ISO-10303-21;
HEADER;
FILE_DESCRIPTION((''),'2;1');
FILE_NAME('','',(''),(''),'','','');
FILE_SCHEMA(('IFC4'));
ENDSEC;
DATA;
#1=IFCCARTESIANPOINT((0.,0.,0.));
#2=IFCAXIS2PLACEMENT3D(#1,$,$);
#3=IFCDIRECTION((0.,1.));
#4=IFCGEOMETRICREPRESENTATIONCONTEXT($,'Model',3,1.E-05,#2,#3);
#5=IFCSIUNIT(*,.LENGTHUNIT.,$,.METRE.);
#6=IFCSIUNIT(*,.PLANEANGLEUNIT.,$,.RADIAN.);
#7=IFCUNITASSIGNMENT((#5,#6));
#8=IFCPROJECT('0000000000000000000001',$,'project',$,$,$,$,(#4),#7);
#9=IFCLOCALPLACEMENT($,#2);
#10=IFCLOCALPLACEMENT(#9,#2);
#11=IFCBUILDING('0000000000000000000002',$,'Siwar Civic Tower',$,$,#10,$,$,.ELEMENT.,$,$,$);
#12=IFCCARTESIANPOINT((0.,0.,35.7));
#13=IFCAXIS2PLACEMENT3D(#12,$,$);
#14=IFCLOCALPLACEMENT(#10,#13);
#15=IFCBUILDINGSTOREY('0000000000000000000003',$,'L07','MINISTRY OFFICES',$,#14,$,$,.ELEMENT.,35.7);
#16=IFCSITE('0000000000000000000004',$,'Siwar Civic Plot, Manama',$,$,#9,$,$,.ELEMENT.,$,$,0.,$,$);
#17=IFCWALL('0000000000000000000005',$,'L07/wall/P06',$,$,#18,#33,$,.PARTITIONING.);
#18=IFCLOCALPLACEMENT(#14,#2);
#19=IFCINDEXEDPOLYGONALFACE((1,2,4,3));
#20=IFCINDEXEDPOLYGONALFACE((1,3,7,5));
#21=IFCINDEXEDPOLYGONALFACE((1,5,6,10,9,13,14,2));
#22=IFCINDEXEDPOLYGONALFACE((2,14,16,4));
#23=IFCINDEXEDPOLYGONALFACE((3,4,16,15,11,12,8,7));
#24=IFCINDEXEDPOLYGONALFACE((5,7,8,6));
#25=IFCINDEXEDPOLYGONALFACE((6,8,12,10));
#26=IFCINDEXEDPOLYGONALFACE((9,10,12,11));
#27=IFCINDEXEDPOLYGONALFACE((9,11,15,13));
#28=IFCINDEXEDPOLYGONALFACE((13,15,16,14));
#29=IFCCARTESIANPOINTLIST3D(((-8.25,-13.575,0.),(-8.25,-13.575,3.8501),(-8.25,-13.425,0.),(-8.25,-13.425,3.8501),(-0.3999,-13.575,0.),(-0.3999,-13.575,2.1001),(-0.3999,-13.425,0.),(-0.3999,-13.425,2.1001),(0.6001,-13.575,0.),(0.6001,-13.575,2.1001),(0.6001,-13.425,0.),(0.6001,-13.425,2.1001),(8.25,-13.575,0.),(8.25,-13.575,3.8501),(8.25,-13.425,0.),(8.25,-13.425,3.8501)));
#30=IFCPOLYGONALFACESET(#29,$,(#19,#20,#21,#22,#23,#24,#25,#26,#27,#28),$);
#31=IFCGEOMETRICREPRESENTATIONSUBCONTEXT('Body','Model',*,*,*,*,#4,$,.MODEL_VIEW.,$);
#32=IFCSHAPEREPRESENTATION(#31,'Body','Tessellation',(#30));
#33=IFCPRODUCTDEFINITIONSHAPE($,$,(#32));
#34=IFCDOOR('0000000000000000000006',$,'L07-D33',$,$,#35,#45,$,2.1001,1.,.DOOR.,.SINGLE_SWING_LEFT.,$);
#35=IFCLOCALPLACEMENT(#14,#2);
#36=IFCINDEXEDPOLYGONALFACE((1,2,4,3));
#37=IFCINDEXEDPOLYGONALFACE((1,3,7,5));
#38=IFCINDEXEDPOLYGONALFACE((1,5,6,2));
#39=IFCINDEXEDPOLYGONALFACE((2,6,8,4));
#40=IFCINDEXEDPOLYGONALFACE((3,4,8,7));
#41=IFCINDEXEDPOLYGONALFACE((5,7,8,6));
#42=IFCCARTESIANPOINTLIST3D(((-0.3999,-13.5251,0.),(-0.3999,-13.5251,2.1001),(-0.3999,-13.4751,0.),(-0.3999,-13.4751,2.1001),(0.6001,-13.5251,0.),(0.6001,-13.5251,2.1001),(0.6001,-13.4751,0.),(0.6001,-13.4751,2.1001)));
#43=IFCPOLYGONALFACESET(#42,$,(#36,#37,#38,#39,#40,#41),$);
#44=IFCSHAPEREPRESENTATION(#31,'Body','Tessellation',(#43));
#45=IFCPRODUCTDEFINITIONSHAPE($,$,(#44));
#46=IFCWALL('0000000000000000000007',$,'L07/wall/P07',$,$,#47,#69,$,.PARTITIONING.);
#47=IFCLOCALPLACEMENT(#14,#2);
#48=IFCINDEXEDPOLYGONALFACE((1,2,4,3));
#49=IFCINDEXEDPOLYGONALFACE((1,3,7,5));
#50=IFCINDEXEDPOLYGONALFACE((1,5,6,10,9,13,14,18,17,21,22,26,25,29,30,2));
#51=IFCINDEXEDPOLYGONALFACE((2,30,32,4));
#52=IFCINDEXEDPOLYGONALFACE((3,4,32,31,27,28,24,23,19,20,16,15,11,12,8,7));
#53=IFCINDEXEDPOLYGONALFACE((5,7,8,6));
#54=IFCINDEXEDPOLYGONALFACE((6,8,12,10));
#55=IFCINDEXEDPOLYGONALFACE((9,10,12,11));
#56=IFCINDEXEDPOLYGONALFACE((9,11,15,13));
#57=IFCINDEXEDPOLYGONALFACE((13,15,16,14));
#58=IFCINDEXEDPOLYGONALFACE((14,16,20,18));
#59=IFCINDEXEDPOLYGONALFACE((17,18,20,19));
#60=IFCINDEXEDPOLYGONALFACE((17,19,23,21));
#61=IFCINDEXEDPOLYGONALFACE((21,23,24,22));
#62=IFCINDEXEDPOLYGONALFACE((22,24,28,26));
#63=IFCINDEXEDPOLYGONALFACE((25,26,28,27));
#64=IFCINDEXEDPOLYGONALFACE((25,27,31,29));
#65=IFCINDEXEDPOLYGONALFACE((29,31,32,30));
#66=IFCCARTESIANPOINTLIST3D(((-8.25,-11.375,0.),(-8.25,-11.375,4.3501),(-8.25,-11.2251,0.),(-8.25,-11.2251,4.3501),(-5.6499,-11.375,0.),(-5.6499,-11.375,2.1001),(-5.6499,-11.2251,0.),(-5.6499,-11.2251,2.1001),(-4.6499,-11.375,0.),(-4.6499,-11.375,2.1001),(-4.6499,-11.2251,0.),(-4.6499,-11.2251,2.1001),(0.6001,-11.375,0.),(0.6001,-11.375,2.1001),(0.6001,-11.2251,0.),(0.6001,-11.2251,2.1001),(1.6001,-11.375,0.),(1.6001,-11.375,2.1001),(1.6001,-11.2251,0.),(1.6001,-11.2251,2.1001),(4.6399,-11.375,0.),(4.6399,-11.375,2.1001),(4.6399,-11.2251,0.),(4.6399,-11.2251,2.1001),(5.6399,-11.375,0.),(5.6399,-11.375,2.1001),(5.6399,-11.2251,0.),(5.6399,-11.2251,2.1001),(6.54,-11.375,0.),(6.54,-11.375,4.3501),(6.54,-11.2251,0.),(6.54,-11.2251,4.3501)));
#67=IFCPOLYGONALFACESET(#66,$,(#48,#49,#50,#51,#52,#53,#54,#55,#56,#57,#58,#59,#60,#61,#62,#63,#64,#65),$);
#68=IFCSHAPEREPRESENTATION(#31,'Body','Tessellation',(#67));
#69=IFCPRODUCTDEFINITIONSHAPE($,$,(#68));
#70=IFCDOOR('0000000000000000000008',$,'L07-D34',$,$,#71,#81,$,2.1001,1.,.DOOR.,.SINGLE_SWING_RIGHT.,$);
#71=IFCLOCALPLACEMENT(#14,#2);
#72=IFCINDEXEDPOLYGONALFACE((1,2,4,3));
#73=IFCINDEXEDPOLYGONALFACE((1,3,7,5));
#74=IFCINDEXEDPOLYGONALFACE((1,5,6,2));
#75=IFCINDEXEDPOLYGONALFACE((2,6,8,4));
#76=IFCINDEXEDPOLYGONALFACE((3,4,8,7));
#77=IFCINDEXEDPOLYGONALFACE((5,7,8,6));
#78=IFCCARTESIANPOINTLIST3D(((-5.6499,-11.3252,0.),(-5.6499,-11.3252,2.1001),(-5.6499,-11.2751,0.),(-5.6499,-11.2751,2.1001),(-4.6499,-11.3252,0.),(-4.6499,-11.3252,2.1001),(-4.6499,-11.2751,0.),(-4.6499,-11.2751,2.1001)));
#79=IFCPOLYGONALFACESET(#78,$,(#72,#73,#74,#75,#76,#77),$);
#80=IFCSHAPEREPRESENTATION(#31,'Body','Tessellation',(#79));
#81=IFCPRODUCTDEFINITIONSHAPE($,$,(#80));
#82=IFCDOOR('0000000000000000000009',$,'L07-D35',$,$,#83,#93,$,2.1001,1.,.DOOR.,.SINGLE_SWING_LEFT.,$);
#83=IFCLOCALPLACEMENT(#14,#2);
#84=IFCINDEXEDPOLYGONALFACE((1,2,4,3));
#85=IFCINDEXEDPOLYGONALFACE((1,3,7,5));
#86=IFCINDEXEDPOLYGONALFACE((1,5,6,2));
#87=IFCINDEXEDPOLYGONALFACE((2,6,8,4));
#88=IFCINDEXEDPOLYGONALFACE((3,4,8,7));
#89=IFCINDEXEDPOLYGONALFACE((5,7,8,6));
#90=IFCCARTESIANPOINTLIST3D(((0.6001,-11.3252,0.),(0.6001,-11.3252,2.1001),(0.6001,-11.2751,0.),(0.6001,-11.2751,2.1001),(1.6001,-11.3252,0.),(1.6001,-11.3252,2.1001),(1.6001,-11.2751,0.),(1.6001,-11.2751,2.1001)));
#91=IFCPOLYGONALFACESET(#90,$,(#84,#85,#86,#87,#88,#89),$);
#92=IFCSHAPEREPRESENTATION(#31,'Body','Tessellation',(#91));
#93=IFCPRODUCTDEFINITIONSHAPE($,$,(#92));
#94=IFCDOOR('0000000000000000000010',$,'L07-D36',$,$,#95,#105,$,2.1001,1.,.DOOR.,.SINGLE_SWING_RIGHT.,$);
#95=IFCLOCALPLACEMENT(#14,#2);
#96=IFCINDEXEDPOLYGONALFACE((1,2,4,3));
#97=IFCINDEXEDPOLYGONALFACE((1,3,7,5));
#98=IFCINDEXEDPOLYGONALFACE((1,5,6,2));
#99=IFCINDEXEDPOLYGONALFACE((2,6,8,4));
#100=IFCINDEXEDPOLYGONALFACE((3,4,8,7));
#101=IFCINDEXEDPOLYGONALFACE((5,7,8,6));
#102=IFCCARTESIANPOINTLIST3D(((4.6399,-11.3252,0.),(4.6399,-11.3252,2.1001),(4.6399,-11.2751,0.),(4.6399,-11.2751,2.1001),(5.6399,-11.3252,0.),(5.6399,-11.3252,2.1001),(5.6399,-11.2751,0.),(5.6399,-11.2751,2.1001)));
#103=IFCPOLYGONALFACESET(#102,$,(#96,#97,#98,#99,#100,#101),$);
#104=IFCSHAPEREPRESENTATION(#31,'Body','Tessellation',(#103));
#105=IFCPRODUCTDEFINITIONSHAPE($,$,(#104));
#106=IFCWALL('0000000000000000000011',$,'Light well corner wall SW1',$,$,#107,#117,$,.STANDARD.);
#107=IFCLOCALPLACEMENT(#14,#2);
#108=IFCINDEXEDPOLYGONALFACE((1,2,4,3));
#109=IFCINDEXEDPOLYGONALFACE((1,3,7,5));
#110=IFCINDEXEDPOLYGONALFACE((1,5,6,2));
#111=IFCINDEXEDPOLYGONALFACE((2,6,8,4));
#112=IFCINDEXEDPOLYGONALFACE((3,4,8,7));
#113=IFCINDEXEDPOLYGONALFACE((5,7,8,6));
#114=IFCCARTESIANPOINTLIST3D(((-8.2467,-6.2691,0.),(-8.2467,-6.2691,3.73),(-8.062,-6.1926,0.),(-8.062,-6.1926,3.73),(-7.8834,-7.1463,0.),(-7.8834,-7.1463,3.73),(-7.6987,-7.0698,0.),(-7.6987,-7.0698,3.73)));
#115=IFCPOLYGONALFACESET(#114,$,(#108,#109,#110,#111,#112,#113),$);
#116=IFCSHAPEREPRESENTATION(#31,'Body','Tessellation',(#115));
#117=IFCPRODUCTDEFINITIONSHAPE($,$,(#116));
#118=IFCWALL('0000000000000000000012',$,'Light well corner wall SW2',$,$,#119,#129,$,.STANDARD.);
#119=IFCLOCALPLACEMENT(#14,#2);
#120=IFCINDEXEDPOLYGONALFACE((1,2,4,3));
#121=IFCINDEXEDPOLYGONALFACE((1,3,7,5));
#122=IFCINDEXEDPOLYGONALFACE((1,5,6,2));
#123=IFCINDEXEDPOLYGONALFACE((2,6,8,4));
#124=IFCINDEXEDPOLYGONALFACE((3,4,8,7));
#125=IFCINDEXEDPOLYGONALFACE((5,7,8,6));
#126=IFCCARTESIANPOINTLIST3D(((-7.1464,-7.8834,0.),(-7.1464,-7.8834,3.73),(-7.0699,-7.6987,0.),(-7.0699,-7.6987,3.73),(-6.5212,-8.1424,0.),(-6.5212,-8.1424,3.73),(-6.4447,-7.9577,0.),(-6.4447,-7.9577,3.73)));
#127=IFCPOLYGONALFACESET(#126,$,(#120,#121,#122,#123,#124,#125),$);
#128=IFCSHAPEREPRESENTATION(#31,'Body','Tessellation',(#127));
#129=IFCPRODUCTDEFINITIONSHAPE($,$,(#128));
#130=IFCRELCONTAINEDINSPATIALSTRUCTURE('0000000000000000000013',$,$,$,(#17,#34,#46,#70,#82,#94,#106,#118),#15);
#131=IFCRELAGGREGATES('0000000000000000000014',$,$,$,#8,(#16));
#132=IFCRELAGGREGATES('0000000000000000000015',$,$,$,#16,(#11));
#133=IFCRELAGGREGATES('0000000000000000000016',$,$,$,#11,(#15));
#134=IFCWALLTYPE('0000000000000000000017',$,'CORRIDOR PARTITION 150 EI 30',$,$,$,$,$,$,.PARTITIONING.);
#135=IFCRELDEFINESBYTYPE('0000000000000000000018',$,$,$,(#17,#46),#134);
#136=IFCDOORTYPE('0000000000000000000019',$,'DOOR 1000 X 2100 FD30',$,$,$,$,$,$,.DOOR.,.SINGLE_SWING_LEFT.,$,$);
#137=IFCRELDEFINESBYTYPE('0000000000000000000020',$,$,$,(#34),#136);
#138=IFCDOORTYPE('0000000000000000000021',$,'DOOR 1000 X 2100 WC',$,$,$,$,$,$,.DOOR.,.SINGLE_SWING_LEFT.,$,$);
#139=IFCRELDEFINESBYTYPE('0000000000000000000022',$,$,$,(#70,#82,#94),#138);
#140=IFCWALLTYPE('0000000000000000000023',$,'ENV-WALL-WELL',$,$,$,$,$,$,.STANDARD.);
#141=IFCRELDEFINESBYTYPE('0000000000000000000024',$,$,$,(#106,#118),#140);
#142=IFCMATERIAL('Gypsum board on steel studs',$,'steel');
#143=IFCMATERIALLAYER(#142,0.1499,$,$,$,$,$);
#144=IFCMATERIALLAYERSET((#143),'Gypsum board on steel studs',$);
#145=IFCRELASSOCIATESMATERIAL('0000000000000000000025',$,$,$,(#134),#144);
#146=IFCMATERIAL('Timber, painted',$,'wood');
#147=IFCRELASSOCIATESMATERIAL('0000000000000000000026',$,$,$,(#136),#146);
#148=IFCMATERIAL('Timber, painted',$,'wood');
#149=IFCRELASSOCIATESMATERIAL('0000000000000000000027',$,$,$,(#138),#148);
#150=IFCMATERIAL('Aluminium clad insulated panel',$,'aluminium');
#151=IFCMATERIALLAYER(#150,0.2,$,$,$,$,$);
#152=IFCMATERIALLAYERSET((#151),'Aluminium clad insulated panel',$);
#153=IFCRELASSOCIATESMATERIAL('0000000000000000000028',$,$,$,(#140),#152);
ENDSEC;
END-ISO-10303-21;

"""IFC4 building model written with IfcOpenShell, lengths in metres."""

from ifc_helpers import new_model, si_unit, direction, frame, frame_2d, origin, place, context, subcontext, project, spatial, rectangle, extrude, material, layer, layer_set, type_object, element, fill, save


model = new_model("IFC4")

# Units and contexts
model_context = context("Model", 3, precision=1e-05, world=origin(), true_north=direction((0.0, 1.0)))
body_context = subcontext(model_context, "Body", "Model", "MODEL_VIEW")
ifc_project = project(units=[si_unit("LENGTHUNIT", "METRE"), si_unit("PLANEANGLEUNIT", "RADIAN")], contexts=[model_context])

# Site, building, storey
site_placement = place(None, origin())
site = spatial("IfcSite", under=ifc_project, at=site_placement, Name="Siwar Civic Plot, Manama", CompositionType="ELEMENT", RefElevation=0.0)
building_placement = place(site_placement, origin())
building = spatial("IfcBuilding", under=site, at=building_placement, Name="Siwar Civic Tower", CompositionType="ELEMENT")
storey_placement = place(building_placement, frame((0.0, 0.0, 35.7)))
storey = spatial("IfcBuildingStorey", under=building, at=storey_placement, Name="L07", Description="MINISTRY OFFICES", CompositionType="ELEMENT", Elevation=35.7)

# Wall, opening, door
ifc_material_1 = material(Name="Gypsum board on steel studs", Category="steel")
ifc_layer_1 = layer(ifc_material_1, 0.1499)
ifc_layer_set_1 = layer_set([ifc_layer_1], Name="Gypsum board on steel studs")
wall_type_1 = type_object("IfcWallType", Name="CORRIDOR PARTITION 150 EI 30", PredefinedType="PARTITIONING", material=ifc_layer_set_1)
wall_1_placement = place(storey_placement, frame((-8.25, -13.5, 0.0), z_axis=(0.0, 0.0, 1.0), x_axis=(1.0, 0.0, 0.0)))
wall_1 = element("IfcWall", 1, at=wall_1_placement, inside=storey, type_object=wall_type_1, Name="L07/wall/P06", PredefinedType="PARTITIONING", context=body_context, shape_type="SweptSolid", body=[
    extrude(rectangle(XDim=16.5, YDim=0.1499, at=frame_2d((8.25, 0.0))), origin(), (0.0, 0.0, 1.0), 3.8501),
])
opening_1_placement = place(wall_1_placement, frame((7.8501, 0.0, 0.0)))
opening_1 = element("IfcOpeningElement", 2, at=opening_1_placement, cuts=wall_1, PredefinedType="OPENING", context=body_context, shape_type="SweptSolid", body=[
    extrude(rectangle(XDim=1.0, YDim=2.1001, at=frame_2d((0.5, 1.05))), frame((0.0, 0.085, 0.0), z_axis=(0.0, -1.0, 0.0), x_axis=(1.0, 0.0, 0.0)), (0.0, 0.0, 1.0), 0.1699),
])
ifc_material_2 = material(Name="Timber, painted", Category="wood")
door_type_1 = type_object("IfcDoorType", Name="DOOR 1000 X 2100 FD30", OperationType="SINGLE_SWING_LEFT", PredefinedType="DOOR", material=ifc_material_2)
door_1_placement = place(opening_1_placement, origin())
door_1 = element("IfcDoor", 3, at=door_1_placement, inside=storey, type_object=door_type_1, Name="L07-D33", OperationType="SINGLE_SWING_LEFT", OverallHeight=2.1001, OverallWidth=1.0, PredefinedType="DOOR", context=body_context, shape_type="SweptSolid", body=[
    extrude(rectangle(XDim=1.0, YDim=2.1001, at=frame_2d((0.5, 1.05))), frame((0.0, 0.0249, 0.0), z_axis=(0.0, -1.0, 0.0), x_axis=(1.0, 0.0, 0.0)), (0.0, 0.0, 1.0), 0.05),
])
fill(opening_1, door_1)

# Wall, openings, doors
wall_2_placement = place(storey_placement, frame((-8.25, -11.3, 0.0), z_axis=(0.0, 0.0, 1.0), x_axis=(1.0, 0.0, 0.0)))
wall_2 = element("IfcWall", 4, at=wall_2_placement, inside=storey, type_object=wall_type_1, Name="L07/wall/P07", PredefinedType="PARTITIONING", context=body_context, shape_type="SweptSolid", body=[
    extrude(rectangle(XDim=14.79, YDim=0.1499, at=frame_2d((7.395, 0.0))), origin(), (0.0, 0.0, 1.0), 4.3501),
])
opening_2_placement = place(wall_2_placement, frame((2.6001, 0.0, 0.0)))
opening_2 = element("IfcOpeningElement", 5, at=opening_2_placement, cuts=wall_2, PredefinedType="OPENING", context=body_context, shape_type="SweptSolid", body=[
    extrude(rectangle(XDim=1.0, YDim=2.1001, at=frame_2d((0.5, 1.05))), frame((0.0, 0.085, 0.0), z_axis=(0.0, -1.0, 0.0), x_axis=(1.0, 0.0, 0.0)), (0.0, 0.0, 1.0), 0.1699),
])
opening_3_placement = place(wall_2_placement, frame((8.8501, 0.0, 0.0)))
opening_3 = element("IfcOpeningElement", 6, at=opening_3_placement, cuts=wall_2, PredefinedType="OPENING", context=body_context, shape_type="SweptSolid", body=[
    extrude(rectangle(XDim=1.0, YDim=2.1001, at=frame_2d((0.5, 1.05))), frame((0.0, 0.085, 0.0), z_axis=(0.0, -1.0, 0.0), x_axis=(1.0, 0.0, 0.0)), (0.0, 0.0, 1.0), 0.1699),
])
opening_4_placement = place(wall_2_placement, frame((12.8899, 0.0, 0.0)))
opening_4 = element("IfcOpeningElement", 7, at=opening_4_placement, cuts=wall_2, PredefinedType="OPENING", context=body_context, shape_type="SweptSolid", body=[
    extrude(rectangle(XDim=1.0, YDim=2.1001, at=frame_2d((0.5, 1.05))), frame((0.0, 0.085, 0.0), z_axis=(0.0, -1.0, 0.0), x_axis=(1.0, 0.0, 0.0)), (0.0, 0.0, 1.0), 0.1699),
])
ifc_material_3 = material(Name="Timber, painted", Category="wood")
door_type_2 = type_object("IfcDoorType", Name="DOOR 1000 X 2100 WC", OperationType="SINGLE_SWING_LEFT", PredefinedType="DOOR", material=ifc_material_3)
door_2_placement = place(opening_2_placement, origin())
door_2 = element("IfcDoor", 8, at=door_2_placement, inside=storey, type_object=door_type_2, Name="L07-D34", OperationType="SINGLE_SWING_RIGHT", OverallHeight=2.1001, OverallWidth=1.0, PredefinedType="DOOR", context=body_context, shape_type="SweptSolid", body=[
    extrude(rectangle(XDim=1.0, YDim=2.1001, at=frame_2d((0.5, 1.05))), frame((0.0, 0.0249, 0.0), z_axis=(0.0, -1.0, 0.0), x_axis=(1.0, 0.0, 0.0)), (0.0, 0.0, 1.0), 0.05),
])
fill(opening_2, door_2)
door_3_placement = place(opening_3_placement, origin())
door_3 = element("IfcDoor", 9, at=door_3_placement, inside=storey, type_object=door_type_2, Name="L07-D35", OperationType="SINGLE_SWING_LEFT", OverallHeight=2.1001, OverallWidth=1.0, PredefinedType="DOOR", context=body_context, shape_type="SweptSolid", body=[
    extrude(rectangle(XDim=1.0, YDim=2.1001, at=frame_2d((0.5, 1.05))), frame((0.0, 0.0249, 0.0), z_axis=(0.0, -1.0, 0.0), x_axis=(1.0, 0.0, 0.0)), (0.0, 0.0, 1.0), 0.05),
])
fill(opening_3, door_3)
door_4_placement = place(opening_4_placement, origin())
door_4 = element("IfcDoor", 10, at=door_4_placement, inside=storey, type_object=door_type_2, Name="L07-D36", OperationType="SINGLE_SWING_RIGHT", OverallHeight=2.1001, OverallWidth=1.0, PredefinedType="DOOR", context=body_context, shape_type="SweptSolid", body=[
    extrude(rectangle(XDim=1.0, YDim=2.1001, at=frame_2d((0.5, 1.05))), frame((0.0, 0.0249, 0.0), z_axis=(0.0, -1.0, 0.0), x_axis=(1.0, 0.0, 0.0)), (0.0, 0.0, 1.0), 0.05),
])
fill(opening_4, door_4)

# Walls
ifc_material_4 = material(Name="Aluminium clad insulated panel", Category="aluminium")
ifc_layer_2 = layer(ifc_material_4, 0.2)
ifc_layer_set_2 = layer_set([ifc_layer_2], Name="Aluminium clad insulated panel")
wall_type_2 = type_object("IfcWallType", Name="ENV-WALL-WELL", PredefinedType="STANDARD", material=ifc_layer_set_2)
wall_3_placement = place(storey_placement, frame((-8.1543, -6.231, 0.0), z_axis=(0.0, 0.0, 1.0), x_axis=(0.382624, -0.923904, 0.0)))
element("IfcWall", 11, at=wall_3_placement, inside=storey, type_object=wall_type_2, Name="Light well corner wall SW1", PredefinedType="STANDARD", context=body_context, shape_type="SweptSolid", body=[
    extrude(rectangle(XDim=0.9495, YDim=0.2, at=frame_2d((0.4746, 0.0))), origin(), (0.0, 0.0, 1.0), 3.73),
])
wall_4_placement = place(storey_placement, frame((-7.1082, -7.791, 0.0), z_axis=(0.0, 0.0, 1.0), x_axis=(0.923854, -0.382745, 0.0)))
element("IfcWall", 12, at=wall_4_placement, inside=storey, type_object=wall_type_2, Name="Light well corner wall SW2", PredefinedType="STANDARD", context=body_context, shape_type="SweptSolid", body=[
    extrude(rectangle(XDim=0.6768, YDim=0.2, at=frame_2d((0.3384, 0.0))), origin(), (0.0, 0.0, 1.0), 3.73),
])

save(model, "model.ifc")
